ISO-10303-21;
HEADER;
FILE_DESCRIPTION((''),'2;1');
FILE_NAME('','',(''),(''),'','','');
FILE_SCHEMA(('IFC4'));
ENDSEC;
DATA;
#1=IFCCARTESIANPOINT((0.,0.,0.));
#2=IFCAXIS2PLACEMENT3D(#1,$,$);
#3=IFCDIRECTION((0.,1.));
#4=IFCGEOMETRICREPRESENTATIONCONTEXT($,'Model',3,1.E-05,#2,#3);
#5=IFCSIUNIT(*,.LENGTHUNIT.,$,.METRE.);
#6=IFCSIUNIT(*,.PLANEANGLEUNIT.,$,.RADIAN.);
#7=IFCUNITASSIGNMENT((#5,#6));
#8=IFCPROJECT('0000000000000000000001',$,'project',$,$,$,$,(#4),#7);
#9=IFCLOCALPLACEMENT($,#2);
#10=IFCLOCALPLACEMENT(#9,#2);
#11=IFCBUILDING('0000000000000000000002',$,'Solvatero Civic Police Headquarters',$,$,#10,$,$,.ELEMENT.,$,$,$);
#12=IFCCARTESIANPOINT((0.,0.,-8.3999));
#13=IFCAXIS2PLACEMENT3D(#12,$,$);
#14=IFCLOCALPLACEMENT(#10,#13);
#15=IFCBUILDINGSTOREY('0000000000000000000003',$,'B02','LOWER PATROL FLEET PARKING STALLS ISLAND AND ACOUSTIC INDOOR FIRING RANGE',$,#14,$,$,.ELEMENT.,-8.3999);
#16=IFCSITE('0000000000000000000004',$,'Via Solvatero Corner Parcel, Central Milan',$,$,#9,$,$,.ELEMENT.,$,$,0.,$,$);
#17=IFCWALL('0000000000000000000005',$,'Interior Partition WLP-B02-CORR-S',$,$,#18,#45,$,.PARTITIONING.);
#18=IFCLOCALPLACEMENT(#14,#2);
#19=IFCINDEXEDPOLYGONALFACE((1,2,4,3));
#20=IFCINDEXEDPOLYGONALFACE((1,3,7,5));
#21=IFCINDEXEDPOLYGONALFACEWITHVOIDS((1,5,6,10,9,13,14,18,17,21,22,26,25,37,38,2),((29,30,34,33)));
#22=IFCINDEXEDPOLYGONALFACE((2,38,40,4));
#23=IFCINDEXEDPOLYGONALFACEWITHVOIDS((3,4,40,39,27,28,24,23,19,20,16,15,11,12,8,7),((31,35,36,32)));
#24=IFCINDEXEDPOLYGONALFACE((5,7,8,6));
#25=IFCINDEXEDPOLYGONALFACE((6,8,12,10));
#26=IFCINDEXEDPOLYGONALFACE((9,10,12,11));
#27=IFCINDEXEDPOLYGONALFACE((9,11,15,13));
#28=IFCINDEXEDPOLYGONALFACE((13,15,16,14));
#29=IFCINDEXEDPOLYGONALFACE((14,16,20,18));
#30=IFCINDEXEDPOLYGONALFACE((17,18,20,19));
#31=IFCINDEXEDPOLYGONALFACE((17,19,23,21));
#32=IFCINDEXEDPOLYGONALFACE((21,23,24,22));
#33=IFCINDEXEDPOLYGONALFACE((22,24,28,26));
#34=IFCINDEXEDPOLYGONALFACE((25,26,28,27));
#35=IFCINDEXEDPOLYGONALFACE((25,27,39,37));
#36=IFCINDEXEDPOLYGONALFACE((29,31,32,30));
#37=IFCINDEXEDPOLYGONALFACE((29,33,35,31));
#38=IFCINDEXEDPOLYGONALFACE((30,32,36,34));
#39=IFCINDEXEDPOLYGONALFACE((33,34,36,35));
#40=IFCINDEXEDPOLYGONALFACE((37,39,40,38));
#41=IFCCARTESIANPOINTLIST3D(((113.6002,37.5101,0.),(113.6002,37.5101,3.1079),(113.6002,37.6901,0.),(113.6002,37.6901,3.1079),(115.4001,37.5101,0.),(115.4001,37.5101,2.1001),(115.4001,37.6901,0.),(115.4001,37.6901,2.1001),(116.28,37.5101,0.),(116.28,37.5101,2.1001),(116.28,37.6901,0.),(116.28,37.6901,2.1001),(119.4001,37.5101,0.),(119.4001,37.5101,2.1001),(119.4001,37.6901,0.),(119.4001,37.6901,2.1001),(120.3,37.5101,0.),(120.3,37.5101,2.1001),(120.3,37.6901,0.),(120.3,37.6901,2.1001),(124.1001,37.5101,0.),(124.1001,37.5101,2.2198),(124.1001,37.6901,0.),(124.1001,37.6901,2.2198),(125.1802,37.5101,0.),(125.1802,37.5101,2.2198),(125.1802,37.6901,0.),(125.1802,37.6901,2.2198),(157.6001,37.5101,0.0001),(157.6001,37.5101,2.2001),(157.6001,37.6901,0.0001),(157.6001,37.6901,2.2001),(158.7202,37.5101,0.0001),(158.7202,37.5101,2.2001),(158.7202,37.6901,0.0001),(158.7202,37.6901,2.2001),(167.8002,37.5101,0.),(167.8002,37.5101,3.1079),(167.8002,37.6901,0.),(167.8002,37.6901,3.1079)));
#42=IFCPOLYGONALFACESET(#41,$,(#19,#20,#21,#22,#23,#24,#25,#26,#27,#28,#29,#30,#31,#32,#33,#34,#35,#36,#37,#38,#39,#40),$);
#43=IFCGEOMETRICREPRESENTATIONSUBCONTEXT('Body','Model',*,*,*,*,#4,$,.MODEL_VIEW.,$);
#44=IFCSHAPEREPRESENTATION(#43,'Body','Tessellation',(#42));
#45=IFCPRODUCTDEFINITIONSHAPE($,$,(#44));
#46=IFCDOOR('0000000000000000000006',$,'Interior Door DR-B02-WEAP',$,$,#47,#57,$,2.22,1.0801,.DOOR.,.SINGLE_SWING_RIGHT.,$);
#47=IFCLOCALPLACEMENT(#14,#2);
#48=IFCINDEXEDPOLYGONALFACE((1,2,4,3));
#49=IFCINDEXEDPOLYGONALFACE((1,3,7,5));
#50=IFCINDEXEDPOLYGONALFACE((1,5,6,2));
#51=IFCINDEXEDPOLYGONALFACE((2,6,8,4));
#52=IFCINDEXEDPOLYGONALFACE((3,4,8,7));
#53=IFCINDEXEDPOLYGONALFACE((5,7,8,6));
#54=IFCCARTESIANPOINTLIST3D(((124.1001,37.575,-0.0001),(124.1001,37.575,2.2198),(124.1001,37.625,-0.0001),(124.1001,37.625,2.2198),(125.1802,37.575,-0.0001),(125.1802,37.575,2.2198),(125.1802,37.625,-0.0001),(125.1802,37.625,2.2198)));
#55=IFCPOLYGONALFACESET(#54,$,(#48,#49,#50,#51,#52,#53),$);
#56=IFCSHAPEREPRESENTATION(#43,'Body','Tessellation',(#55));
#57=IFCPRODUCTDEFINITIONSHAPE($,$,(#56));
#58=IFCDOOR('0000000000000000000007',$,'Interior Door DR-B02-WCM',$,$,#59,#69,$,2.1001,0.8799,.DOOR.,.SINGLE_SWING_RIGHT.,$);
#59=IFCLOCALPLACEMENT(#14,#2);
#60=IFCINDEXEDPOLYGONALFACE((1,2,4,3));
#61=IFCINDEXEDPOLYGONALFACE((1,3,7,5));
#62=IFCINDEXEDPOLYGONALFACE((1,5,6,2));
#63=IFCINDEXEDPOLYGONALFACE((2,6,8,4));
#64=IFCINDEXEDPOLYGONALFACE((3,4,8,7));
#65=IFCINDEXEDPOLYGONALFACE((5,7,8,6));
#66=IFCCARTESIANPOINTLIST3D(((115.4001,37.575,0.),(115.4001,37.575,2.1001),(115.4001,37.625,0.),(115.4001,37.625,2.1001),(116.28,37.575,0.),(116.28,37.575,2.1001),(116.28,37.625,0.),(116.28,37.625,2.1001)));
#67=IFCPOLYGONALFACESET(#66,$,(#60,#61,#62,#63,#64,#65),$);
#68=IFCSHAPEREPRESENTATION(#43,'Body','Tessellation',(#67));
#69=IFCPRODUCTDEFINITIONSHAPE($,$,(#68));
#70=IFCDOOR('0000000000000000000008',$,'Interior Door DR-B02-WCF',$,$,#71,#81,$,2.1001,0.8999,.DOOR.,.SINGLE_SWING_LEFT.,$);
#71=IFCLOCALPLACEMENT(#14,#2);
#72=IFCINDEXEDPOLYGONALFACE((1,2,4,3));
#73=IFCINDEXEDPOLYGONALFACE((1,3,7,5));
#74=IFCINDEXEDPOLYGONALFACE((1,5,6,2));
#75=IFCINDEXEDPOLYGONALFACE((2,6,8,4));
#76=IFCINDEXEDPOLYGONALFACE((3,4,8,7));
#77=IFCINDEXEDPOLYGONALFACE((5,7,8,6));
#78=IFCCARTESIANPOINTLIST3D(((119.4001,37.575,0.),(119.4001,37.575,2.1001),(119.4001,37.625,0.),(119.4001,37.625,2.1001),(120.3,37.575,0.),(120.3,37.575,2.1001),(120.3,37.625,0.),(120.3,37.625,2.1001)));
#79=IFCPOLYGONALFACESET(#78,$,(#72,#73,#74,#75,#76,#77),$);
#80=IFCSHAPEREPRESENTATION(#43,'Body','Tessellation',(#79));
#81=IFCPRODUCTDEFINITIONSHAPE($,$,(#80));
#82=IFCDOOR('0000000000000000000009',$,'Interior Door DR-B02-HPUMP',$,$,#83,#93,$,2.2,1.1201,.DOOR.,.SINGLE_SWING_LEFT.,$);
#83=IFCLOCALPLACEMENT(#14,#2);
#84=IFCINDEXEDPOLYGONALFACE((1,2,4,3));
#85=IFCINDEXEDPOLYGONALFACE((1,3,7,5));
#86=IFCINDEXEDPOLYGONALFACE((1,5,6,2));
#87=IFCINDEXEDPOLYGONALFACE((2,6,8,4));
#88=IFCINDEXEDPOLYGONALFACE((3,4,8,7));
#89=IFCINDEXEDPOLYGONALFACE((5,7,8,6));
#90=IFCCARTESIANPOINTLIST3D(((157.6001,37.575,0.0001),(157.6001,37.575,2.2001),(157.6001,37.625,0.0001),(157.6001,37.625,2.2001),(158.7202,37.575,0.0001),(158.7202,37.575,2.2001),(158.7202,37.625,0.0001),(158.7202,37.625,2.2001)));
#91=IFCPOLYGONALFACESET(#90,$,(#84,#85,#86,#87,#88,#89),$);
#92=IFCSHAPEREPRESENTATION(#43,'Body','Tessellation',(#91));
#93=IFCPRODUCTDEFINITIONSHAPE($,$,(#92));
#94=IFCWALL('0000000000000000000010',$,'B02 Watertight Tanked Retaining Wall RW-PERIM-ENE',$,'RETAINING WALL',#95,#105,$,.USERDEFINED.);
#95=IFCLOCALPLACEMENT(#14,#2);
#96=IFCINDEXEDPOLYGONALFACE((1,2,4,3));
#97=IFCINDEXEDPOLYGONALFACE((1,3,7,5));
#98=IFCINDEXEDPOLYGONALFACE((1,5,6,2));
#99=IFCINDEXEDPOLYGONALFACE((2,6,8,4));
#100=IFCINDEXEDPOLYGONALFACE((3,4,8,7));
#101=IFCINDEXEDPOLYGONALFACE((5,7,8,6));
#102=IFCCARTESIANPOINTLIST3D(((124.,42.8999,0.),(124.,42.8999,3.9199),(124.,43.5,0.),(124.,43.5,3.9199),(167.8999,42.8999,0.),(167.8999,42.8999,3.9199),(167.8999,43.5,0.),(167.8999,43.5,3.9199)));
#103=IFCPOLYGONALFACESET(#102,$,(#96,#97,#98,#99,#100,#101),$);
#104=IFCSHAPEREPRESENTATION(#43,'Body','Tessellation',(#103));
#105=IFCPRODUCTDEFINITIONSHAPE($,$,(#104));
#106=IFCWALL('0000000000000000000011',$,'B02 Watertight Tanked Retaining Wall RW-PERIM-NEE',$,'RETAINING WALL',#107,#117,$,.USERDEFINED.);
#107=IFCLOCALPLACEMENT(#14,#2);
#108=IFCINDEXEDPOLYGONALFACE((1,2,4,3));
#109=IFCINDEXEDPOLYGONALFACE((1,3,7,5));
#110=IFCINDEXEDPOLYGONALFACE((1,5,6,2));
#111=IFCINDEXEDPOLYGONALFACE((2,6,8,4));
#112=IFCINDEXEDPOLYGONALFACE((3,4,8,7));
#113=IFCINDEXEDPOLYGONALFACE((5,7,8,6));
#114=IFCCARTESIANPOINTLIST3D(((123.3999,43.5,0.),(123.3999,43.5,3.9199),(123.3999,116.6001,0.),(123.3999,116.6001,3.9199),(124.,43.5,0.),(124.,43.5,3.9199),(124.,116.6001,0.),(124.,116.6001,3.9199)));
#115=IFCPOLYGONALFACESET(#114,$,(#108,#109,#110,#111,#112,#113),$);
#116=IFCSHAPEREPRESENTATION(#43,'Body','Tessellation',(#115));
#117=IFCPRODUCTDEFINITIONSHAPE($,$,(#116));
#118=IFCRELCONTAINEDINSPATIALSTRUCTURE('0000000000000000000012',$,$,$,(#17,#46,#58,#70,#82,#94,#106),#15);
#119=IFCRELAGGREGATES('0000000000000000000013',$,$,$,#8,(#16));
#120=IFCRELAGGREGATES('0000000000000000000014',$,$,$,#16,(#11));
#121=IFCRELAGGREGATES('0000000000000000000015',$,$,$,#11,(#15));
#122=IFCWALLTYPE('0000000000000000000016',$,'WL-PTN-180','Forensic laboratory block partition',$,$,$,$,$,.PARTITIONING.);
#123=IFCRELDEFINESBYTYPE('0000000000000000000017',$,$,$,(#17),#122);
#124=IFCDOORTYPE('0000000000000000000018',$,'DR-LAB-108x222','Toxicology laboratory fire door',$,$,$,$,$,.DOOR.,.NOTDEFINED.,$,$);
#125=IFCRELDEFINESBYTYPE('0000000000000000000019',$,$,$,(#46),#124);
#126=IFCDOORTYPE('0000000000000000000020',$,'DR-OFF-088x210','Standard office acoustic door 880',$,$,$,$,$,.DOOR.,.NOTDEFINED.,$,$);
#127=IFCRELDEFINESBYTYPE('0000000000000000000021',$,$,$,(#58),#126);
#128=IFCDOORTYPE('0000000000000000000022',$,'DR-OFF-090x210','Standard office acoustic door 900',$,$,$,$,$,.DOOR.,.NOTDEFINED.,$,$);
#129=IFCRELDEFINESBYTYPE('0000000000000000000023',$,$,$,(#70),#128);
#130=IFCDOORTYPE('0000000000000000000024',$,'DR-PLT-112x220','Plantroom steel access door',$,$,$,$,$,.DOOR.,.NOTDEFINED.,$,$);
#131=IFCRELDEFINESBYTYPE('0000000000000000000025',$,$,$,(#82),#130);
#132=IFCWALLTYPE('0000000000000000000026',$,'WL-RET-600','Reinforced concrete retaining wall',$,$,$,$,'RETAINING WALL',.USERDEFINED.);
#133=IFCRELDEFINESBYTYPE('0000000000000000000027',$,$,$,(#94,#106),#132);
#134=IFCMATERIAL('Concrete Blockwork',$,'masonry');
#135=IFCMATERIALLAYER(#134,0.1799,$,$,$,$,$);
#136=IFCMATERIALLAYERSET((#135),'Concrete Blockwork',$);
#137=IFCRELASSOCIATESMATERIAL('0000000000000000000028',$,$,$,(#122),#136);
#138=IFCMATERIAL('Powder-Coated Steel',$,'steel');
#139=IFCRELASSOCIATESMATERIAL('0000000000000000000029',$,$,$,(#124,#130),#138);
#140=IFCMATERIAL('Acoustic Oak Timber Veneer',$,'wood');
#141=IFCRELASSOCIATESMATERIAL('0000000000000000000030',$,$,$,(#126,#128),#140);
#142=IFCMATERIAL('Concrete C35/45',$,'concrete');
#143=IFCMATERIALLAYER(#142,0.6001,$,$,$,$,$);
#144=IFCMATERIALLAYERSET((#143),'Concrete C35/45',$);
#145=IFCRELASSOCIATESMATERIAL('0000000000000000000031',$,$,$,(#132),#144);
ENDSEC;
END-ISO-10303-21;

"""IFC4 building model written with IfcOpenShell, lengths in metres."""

from ifc_helpers import new_model, si_unit, direction, frame, frame_2d, origin, place, context, subcontext, project, spatial, rectangle, extrude, material, layer, layer_set, type_object, element, fill, save


model = new_model("IFC4")

# Units and contexts
model_context = context("Model", 3, precision=1e-05, world=origin(), true_north=direction((0.0, 1.0)))
body_context = subcontext(model_context, "Body", "Model", "MODEL_VIEW")
ifc_project = project(units=[si_unit("LENGTHUNIT", "METRE"), si_unit("PLANEANGLEUNIT", "RADIAN")], contexts=[model_context])

# Site, building, storey
site_placement = place(None, origin())
site = spatial("IfcSite", under=ifc_project, at=site_placement, Name="Via Solvatero Corner Parcel, Central Milan", CompositionType="ELEMENT", RefElevation=0.0)
building_placement = place(site_placement, origin())
building = spatial("IfcBuilding", under=site, at=building_placement, Name="Solvatero Civic Police Headquarters", CompositionType="ELEMENT")
storey_placement = place(building_placement, frame((0.0, 0.0, -8.3999)))
storey = spatial("IfcBuildingStorey", under=building, at=storey_placement, Name="B02", Description="LOWER PATROL FLEET PARKING STALLS ISLAND AND ACOUSTIC INDOOR FIRING RANGE", CompositionType="ELEMENT", Elevation=-8.3999)

# Shared definitions
ifc_material_1 = material(Name="Concrete C35/45", Category="concrete")

# Wall, openings, doors
ifc_material_2 = material(Name="Concrete Blockwork", Category="masonry")
ifc_layer_1 = layer(ifc_material_2, 0.1799)
ifc_layer_set_1 = layer_set([ifc_layer_1], Name="Concrete Blockwork")
wall_type_1 = type_object("IfcWallType", Name="WL-PTN-180", Description="Forensic laboratory block partition", PredefinedType="PARTITIONING", material=ifc_layer_set_1)
wall_1_placement = place(storey_placement, frame((113.6001, 37.6001, 0.0), z_axis=(0.0, 0.0, 1.0), x_axis=(1.0, 0.0, 0.0)))
wall_1 = element("IfcWall", 1, at=wall_1_placement, inside=storey, type_object=wall_type_1, Name="Interior Partition WLP-B02-CORR-S", PredefinedType="PARTITIONING", context=body_context, shape_type="SweptSolid", body=[
    extrude(rectangle(XDim=54.2, YDim=0.1799, at=frame_2d((27.1001, 0.0))), origin(), (0.0, 0.0, 1.0), 3.1079),
])
opening_1_placement = place(wall_1_placement, frame((10.5, 0.0, 0.0)))
opening_1 = element("IfcOpeningElement", 2, at=opening_1_placement, cuts=wall_1, PredefinedType="OPENING", context=body_context, shape_type="SweptSolid", body=[
    extrude(rectangle(XDim=1.0801, YDim=2.22, at=frame_2d((0.54, 1.1099))), frame((0.0, 0.0999, 0.0), z_axis=(0.0, -1.0, 0.0), x_axis=(1.0, 0.0, 0.0)), (0.0, 0.0, 1.0), 0.2),
])
opening_2_placement = place(wall_1_placement, frame((44.0, 0.0, 0.0)))
opening_2 = element("IfcOpeningElement", 3, at=opening_2_placement, cuts=wall_1, PredefinedType="OPENING", context=body_context, shape_type="SweptSolid", body=[
    extrude(rectangle(XDim=1.1201, YDim=2.2, at=frame_2d((0.5601, 1.1001))), frame((0.0, 0.0999, 0.0), z_axis=(0.0, -1.0, 0.0), x_axis=(1.0, 0.0, 0.0)), (0.0, 0.0, 1.0), 0.2),
])
opening_3_placement = place(wall_1_placement, frame((1.8, 0.0, 0.0)))
opening_3 = element("IfcOpeningElement", 4, at=opening_3_placement, cuts=wall_1, PredefinedType="OPENING", context=body_context, shape_type="SweptSolid", body=[
    extrude(rectangle(XDim=0.8799, YDim=2.1001, at=frame_2d((0.4399, 1.05))), frame((0.0, 0.0999, 0.0), z_axis=(0.0, -1.0, 0.0), x_axis=(1.0, 0.0, 0.0)), (0.0, 0.0, 1.0), 0.2),
])
opening_4_placement = place(wall_1_placement, frame((5.8, 0.0, 0.0)))
opening_4 = element("IfcOpeningElement", 5, at=opening_4_placement, cuts=wall_1, PredefinedType="OPENING", context=body_context, shape_type="SweptSolid", body=[
    extrude(rectangle(XDim=0.8999, YDim=2.1001, at=frame_2d((0.45, 1.05))), frame((0.0, 0.0999, 0.0), z_axis=(0.0, -1.0, 0.0), x_axis=(1.0, 0.0, 0.0)), (0.0, 0.0, 1.0), 0.2),
])
ifc_material_3 = material(Name="Powder-Coated Steel", Category="steel")
door_type_1 = type_object("IfcDoorType", Name="DR-LAB-108x222", Description="Toxicology laboratory fire door", OperationType="NOTDEFINED", PredefinedType="DOOR", material=ifc_material_3)
door_1_placement = place(opening_1_placement, origin())
door_1 = element("IfcDoor", 6, at=door_1_placement, inside=storey, type_object=door_type_1, Name="Interior Door DR-B02-WEAP", OperationType="SINGLE_SWING_RIGHT", OverallHeight=2.22, OverallWidth=1.0801, PredefinedType="DOOR", context=body_context, shape_type="SweptSolid", body=[
    extrude(rectangle(XDim=1.0801, YDim=2.22, at=frame_2d((0.54, 1.1099))), frame((0.0, 0.0249, 0.0), z_axis=(0.0, -1.0, 0.0), x_axis=(1.0, 0.0, 0.0)), (0.0, 0.0, 1.0), 0.05),
])
fill(opening_1, door_1)
ifc_material_4 = material(Name="Acoustic Oak Timber Veneer", Category="wood")
door_type_2 = type_object("IfcDoorType", Name="DR-OFF-088x210", Description="Standard office acoustic door 880", OperationType="NOTDEFINED", PredefinedType="DOOR", material=ifc_material_4)
door_2_placement = place(opening_3_placement, origin())
door_2 = element("IfcDoor", 7, at=door_2_placement, inside=storey, type_object=door_type_2, Name="Interior Door DR-B02-WCM", OperationType="SINGLE_SWING_RIGHT", OverallHeight=2.1001, OverallWidth=0.8799, PredefinedType="DOOR", context=body_context, shape_type="SweptSolid", body=[
    extrude(rectangle(XDim=0.8799, YDim=2.1001, at=frame_2d((0.4399, 1.05))), frame((0.0, 0.0249, 0.0), z_axis=(0.0, -1.0, 0.0), x_axis=(1.0, 0.0, 0.0)), (0.0, 0.0, 1.0), 0.05),
])
fill(opening_3, door_2)
door_type_3 = type_object("IfcDoorType", Name="DR-OFF-090x210", Description="Standard office acoustic door 900", OperationType="NOTDEFINED", PredefinedType="DOOR", material=ifc_material_4)
door_3_placement = place(opening_4_placement, origin())
door_3 = element("IfcDoor", 8, at=door_3_placement, inside=storey, type_object=door_type_3, Name="Interior Door DR-B02-WCF", OperationType="SINGLE_SWING_LEFT", OverallHeight=2.1001, OverallWidth=0.8999, PredefinedType="DOOR", context=body_context, shape_type="SweptSolid", body=[
    extrude(rectangle(XDim=0.8999, YDim=2.1001, at=frame_2d((0.45, 1.05))), frame((0.0, 0.0249, 0.0), z_axis=(0.0, -1.0, 0.0), x_axis=(1.0, 0.0, 0.0)), (0.0, 0.0, 1.0), 0.05),
])
fill(opening_4, door_3)
door_type_4 = type_object("IfcDoorType", Name="DR-PLT-112x220", Description="Plantroom steel access door", OperationType="NOTDEFINED", PredefinedType="DOOR", material=ifc_material_3)
door_4_placement = place(opening_2_placement, origin())
door_4 = element("IfcDoor", 9, at=door_4_placement, inside=storey, type_object=door_type_4, Name="Interior Door DR-B02-HPUMP", OperationType="SINGLE_SWING_LEFT", OverallHeight=2.2, OverallWidth=1.1201, PredefinedType="DOOR", context=body_context, shape_type="SweptSolid", body=[
    extrude(rectangle(XDim=1.1201, YDim=2.2, at=frame_2d((0.5601, 1.1001))), frame((0.0, 0.0249, 0.0), z_axis=(0.0, -1.0, 0.0), x_axis=(1.0, 0.0, 0.0)), (0.0, 0.0, 1.0), 0.05),
])
fill(opening_2, door_4)

# Walls
ifc_layer_2 = layer(ifc_material_1, 0.6001)
ifc_layer_set_2 = layer_set([ifc_layer_2], Name="Concrete C35/45")
wall_type_2 = type_object("IfcWallType", Name="WL-RET-600", Description="Reinforced concrete retaining wall", ElementType="RETAINING WALL", PredefinedType="USERDEFINED", material=ifc_layer_set_2)
wall_2_placement = place(storey_placement, frame((124.0, 43.2, 0.0), z_axis=(0.0, 0.0, 1.0), x_axis=(1.0, 0.0, 0.0)))
element("IfcWall", 10, at=wall_2_placement, inside=storey, type_object=wall_type_2, Name="B02 Watertight Tanked Retaining Wall RW-PERIM-ENE", ObjectType="RETAINING WALL", PredefinedType="USERDEFINED", context=body_context, shape_type="SweptSolid", body=[
    extrude(rectangle(XDim=43.8999, YDim=0.6001, at=frame_2d((21.95, 0.0))), origin(), (0.0, 0.0, 1.0), 3.9199),
])
wall_3_placement = place(storey_placement, frame((123.7, 43.5, 0.0), z_axis=(0.0, 0.0, 1.0), x_axis=(0.0, 1.0, 0.0)))
element("IfcWall", 11, at=wall_3_placement, inside=storey, type_object=wall_type_2, Name="B02 Watertight Tanked Retaining Wall RW-PERIM-NEE", ObjectType="RETAINING WALL", PredefinedType="USERDEFINED", context=body_context, shape_type="SweptSolid", body=[
    extrude(rectangle(XDim=73.1001, YDim=0.6001, at=frame_2d((36.55, 0.0))), origin(), (0.0, 0.0, 1.0), 3.9199),
])

save(model, "model.ifc")
